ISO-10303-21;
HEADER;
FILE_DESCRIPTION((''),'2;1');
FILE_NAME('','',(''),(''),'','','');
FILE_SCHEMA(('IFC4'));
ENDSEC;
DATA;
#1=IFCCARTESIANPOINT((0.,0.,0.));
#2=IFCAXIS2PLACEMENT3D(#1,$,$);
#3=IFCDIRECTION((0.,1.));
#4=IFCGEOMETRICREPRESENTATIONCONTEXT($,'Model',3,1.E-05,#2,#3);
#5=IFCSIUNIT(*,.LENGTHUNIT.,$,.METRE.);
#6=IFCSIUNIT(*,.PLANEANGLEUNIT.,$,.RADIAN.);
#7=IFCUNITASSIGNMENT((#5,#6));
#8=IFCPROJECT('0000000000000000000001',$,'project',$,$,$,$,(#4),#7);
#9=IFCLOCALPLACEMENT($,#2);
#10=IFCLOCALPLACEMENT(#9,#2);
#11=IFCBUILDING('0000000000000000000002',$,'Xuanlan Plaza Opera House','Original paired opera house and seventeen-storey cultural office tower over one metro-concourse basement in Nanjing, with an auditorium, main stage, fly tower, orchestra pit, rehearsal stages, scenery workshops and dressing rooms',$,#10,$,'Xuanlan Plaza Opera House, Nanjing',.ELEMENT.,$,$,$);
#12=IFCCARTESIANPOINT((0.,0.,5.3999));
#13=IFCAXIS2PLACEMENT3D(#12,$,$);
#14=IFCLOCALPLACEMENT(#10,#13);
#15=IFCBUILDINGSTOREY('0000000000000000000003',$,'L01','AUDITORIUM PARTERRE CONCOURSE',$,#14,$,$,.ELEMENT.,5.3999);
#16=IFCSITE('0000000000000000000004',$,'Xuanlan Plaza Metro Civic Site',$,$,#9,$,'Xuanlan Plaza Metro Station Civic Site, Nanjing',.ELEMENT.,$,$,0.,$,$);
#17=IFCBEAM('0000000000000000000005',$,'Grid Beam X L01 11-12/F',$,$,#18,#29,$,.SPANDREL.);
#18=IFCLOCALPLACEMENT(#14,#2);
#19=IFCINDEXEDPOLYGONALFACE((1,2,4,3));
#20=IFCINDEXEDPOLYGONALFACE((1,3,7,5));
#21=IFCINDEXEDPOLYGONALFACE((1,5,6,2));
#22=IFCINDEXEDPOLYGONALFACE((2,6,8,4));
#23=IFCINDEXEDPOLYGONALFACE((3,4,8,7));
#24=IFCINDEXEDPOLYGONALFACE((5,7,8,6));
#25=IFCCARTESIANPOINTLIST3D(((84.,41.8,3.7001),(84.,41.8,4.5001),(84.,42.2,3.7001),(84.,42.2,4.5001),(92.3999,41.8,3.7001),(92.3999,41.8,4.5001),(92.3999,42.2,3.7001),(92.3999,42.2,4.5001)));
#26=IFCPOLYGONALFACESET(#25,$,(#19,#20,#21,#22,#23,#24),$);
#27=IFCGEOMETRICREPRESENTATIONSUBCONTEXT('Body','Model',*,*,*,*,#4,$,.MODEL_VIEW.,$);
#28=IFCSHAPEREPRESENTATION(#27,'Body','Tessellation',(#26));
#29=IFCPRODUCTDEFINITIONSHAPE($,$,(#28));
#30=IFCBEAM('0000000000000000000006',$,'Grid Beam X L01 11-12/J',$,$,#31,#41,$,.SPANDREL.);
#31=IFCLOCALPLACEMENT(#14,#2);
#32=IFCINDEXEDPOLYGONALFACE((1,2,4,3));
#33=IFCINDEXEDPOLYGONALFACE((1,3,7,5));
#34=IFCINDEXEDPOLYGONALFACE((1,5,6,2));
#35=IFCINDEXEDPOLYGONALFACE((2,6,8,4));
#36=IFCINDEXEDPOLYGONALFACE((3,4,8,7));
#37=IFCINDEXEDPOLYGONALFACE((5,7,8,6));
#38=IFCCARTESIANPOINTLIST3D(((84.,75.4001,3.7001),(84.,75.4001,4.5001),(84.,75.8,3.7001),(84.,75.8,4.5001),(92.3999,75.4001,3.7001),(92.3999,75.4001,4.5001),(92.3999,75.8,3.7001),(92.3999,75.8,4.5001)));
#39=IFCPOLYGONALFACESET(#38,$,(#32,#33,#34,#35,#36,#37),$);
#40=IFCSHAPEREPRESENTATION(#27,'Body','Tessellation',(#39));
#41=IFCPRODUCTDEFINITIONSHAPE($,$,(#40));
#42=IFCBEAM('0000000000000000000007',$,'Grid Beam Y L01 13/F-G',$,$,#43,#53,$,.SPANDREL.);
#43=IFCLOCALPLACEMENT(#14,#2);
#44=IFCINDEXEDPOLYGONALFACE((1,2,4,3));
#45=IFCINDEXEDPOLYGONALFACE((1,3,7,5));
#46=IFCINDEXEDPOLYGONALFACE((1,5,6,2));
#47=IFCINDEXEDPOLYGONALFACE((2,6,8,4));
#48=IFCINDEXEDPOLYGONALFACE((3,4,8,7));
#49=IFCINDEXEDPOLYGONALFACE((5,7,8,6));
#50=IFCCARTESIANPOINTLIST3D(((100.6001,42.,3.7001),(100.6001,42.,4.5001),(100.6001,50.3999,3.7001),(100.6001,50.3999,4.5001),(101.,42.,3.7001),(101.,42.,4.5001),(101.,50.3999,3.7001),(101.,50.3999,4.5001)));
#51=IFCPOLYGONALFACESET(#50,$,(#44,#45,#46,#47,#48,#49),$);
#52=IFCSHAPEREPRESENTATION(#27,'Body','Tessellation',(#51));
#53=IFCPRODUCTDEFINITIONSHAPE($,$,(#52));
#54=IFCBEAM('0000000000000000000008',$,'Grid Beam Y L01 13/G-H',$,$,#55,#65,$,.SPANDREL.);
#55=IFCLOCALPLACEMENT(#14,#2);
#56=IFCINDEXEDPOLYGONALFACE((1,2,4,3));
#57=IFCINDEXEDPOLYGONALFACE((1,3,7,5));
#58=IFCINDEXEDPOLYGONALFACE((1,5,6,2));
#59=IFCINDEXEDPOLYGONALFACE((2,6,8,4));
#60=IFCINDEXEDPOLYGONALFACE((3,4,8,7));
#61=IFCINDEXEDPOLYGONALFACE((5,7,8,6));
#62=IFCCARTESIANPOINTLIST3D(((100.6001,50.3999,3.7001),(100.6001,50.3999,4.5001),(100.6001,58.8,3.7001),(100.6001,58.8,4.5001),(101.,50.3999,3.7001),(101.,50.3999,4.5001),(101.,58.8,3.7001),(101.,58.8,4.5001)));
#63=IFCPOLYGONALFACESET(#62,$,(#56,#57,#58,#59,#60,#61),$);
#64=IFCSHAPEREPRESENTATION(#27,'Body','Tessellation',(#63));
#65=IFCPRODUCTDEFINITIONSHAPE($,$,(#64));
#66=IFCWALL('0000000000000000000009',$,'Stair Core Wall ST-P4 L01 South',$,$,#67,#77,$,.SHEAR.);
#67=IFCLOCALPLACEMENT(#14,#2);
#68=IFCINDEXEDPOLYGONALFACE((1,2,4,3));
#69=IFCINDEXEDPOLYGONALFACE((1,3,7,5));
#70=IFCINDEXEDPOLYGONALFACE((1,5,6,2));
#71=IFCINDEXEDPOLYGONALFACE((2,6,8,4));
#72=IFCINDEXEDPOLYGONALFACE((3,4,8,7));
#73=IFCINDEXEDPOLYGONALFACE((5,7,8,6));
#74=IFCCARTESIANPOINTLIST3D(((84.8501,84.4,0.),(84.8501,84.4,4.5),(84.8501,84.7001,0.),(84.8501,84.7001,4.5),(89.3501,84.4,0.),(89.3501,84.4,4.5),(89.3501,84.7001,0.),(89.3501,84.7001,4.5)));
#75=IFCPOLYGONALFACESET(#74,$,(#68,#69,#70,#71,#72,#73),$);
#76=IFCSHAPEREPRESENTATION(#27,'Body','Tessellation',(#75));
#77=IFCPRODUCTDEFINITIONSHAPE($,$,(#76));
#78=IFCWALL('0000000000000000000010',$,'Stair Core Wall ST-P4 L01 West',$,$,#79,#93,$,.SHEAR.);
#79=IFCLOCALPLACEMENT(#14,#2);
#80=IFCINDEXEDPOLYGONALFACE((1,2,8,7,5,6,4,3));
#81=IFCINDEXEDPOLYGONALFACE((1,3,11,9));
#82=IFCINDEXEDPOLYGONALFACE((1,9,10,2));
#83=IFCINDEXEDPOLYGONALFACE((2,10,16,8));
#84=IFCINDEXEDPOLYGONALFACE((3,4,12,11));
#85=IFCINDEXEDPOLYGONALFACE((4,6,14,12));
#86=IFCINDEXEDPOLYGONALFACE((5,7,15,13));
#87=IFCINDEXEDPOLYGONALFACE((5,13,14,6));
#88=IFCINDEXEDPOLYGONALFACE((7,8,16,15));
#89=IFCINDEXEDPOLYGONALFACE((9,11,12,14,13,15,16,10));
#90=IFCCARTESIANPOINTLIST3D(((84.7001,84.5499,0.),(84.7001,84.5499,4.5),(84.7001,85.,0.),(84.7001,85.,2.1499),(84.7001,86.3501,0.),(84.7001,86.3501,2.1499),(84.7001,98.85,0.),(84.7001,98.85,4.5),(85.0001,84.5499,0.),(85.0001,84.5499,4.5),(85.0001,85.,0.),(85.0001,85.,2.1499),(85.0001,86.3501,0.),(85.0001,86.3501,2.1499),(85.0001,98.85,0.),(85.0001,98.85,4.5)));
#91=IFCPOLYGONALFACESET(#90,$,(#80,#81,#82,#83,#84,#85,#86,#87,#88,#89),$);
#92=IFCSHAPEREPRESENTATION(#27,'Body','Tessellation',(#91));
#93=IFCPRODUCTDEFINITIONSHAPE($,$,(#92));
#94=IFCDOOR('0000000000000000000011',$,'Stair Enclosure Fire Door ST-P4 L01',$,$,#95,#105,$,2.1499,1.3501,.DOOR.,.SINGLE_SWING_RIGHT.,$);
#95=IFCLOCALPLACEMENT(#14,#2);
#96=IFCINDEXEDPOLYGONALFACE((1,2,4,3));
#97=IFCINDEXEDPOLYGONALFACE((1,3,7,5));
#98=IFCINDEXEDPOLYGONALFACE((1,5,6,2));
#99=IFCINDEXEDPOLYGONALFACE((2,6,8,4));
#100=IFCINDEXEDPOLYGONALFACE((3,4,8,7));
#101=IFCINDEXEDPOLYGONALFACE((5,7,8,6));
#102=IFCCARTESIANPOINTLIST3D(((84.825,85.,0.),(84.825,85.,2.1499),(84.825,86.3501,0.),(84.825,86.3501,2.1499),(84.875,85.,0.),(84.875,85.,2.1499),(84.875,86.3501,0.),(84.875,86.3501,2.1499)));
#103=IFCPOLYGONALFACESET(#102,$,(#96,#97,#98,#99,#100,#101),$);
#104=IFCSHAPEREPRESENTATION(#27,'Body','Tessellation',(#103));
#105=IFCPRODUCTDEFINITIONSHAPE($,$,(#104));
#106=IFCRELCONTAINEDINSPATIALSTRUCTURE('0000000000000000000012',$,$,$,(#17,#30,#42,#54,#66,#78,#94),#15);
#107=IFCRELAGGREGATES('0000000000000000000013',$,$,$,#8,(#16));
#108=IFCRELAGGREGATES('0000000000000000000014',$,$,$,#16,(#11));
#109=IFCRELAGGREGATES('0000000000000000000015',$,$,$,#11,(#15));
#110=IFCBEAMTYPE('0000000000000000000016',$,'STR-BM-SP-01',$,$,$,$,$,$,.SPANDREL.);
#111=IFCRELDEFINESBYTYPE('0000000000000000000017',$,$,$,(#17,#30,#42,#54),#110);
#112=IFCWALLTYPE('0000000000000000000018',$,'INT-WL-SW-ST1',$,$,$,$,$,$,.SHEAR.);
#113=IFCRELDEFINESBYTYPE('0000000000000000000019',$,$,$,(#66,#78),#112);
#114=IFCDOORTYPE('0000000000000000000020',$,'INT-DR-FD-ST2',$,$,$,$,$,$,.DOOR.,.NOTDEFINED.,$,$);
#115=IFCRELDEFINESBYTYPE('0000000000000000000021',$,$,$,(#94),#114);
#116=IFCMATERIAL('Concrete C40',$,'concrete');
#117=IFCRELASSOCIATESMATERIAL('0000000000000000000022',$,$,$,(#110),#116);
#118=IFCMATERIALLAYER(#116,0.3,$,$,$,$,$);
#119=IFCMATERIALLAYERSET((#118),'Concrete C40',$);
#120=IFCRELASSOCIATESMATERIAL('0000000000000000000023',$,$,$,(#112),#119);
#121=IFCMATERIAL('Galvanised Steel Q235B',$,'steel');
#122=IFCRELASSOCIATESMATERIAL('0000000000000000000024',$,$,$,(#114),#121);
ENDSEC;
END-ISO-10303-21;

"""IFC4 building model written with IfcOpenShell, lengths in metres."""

from ifc_helpers import new_model, si_unit, direction, frame, frame_2d, origin, origin_2d, place, context, subcontext, project, spatial, rectangle, extrude, material, layer, layer_set, material_profile, profile_set, type_object, element, fill, save


model = new_model("IFC4")

# Units and contexts
model_context = context("Model", 3, precision=1e-05, world=origin(), true_north=direction((0.0, 1.0)))
body_context = subcontext(model_context, "Body", "Model", "MODEL_VIEW")
ifc_project = project(units=[si_unit("LENGTHUNIT", "METRE"), si_unit("PLANEANGLEUNIT", "RADIAN")], contexts=[model_context])

# Site, building, storey
site_placement = place(None, origin())
site = spatial("IfcSite", under=ifc_project, at=site_placement, Name="Xuanlan Plaza Metro Civic Site", LongName="Xuanlan Plaza Metro Station Civic Site, Nanjing", CompositionType="ELEMENT", RefElevation=0.0)
building_placement = place(site_placement, origin())
building = spatial("IfcBuilding", under=site, at=building_placement, Name="Xuanlan Plaza Opera House", Description="Original paired opera house and seventeen-storey cultural office tower over one metro-concourse basement in Nanjing, with an auditorium, main stage, fly tower, orchestra pit, rehearsal stages, scenery workshops and dressing rooms", LongName="Xuanlan Plaza Opera House, Nanjing", CompositionType="ELEMENT")
storey_placement = place(building_placement, frame((0.0, 0.0, 5.3999)))
storey = spatial("IfcBuildingStorey", under=building, at=storey_placement, Name="L01", Description="AUDITORIUM PARTERRE CONCOURSE", CompositionType="ELEMENT", Elevation=5.3999)

# Shared definitions
ifc_material_1 = material(Name="Concrete C40", Category="concrete")

# Beams
ifc_material_profile_1 = material_profile(ifc_material_1, rectangle(XDim=0.3999, YDim=0.8, at=origin_2d()), Name="RC-SPD 400x800")
ifc_profile_set_1 = profile_set([ifc_material_profile_1], Name="Concrete C40")
beam_type_1 = type_object("IfcBeamType", Name="STR-BM-SP-01", PredefinedType="SPANDREL", material=ifc_profile_set_1)
for number, where, z_axis, x_axis, name in (
    (1, (84.0, 42.0, 4.1001), (1.0, 0.0, 0.0), (0.0, 1.0, 0.0), "Grid Beam X L01 11-12/F"),
    (2, (84.0, 75.6001, 4.1001), (1.0, 0.0, 0.0), (0.0, 1.0, 0.0), "Grid Beam X L01 11-12/J"),
    (3, (100.8, 42.0, 4.1001), (0.0, 1.0, 0.0), (-1.0, 0.0, 0.0), "Grid Beam Y L01 13/F-G"),
):
    element("IfcBeam", number, at=place(storey_placement, frame(where, z_axis=z_axis, x_axis=x_axis)), inside=storey, type_object=beam_type_1, Name=name, PredefinedType="SPANDREL", context=body_context, shape_type="SweptSolid", body=[
        extrude(rectangle(XDim=0.3999, YDim=0.8, at=origin_2d()), origin(), (0.0, 0.0, 1.0), 8.3999),
    ])
beam_1_placement = place(storey_placement, frame((100.8, 50.3999, 4.1001), z_axis=(0.0, 1.0, 0.0), x_axis=(-1.0, 0.0, 0.0)))
element("IfcBeam", 4, at=beam_1_placement, inside=storey, type_object=beam_type_1, Name="Grid Beam Y L01 13/G-H", PredefinedType="SPANDREL", context=body_context, shape_type="SweptSolid", body=[
    extrude(rectangle(XDim=0.3999, YDim=0.8, at=origin_2d()), origin(), (0.0, 0.0, 1.0), 8.4001),
])

# Wall
ifc_layer = layer(ifc_material_1, 0.3)
ifc_layer_set = layer_set([ifc_layer], Name="Concrete C40")
wall_type = type_object("IfcWallType", Name="INT-WL-SW-ST1", PredefinedType="SHEAR", material=ifc_layer_set)
wall_1_placement = place(storey_placement, frame((84.8501, 84.55, 0.0), z_axis=(0.0, 0.0, 1.0), x_axis=(1.0, 0.0, 0.0)))
element("IfcWall", 5, at=wall_1_placement, inside=storey, type_object=wall_type, Name="Stair Core Wall ST-P4 L01 South", PredefinedType="SHEAR", context=body_context, shape_type="SweptSolid", body=[
    extrude(rectangle(XDim=4.5, YDim=0.3, at=frame_2d((2.25, 0.0))), origin(), (0.0, 0.0, 1.0), 4.5),
])

# Wall, opening, door
wall_2_placement = place(storey_placement, frame((84.8501, 84.55, 0.0), z_axis=(0.0, 0.0, 1.0), x_axis=(0.0, 1.0, 0.0)))
wall_2 = element("IfcWall", 6, at=wall_2_placement, inside=storey, type_object=wall_type, Name="Stair Core Wall ST-P4 L01 West", PredefinedType="SHEAR", context=body_context, shape_type="SweptSolid", body=[
    extrude(rectangle(XDim=14.3, YDim=0.3, at=frame_2d((7.1499, 0.0))), origin(), (0.0, 0.0, 1.0), 4.5),
])
opening_placement = place(wall_2_placement, frame((0.45, 0.0, 0.0)))
opening = element("IfcOpeningElement", 7, at=opening_placement, cuts=wall_2, PredefinedType="OPENING", context=body_context, shape_type="SweptSolid", body=[
    extrude(rectangle(XDim=1.3501, YDim=2.1499, at=frame_2d((0.675, 1.075))), frame((0.0, 0.1599, 0.0), z_axis=(0.0, -1.0, 0.0), x_axis=(1.0, 0.0, 0.0)), (0.0, 0.0, 1.0), 0.3201),
])
ifc_material_2 = material(Name="Galvanised Steel Q235B", Category="steel")
door_type = type_object("IfcDoorType", Name="INT-DR-FD-ST2", OperationType="NOTDEFINED", PredefinedType="DOOR", material=ifc_material_2)
door_placement = place(opening_placement, frame((1.3501, 0.0, 0.0), z_axis=(0.0, 0.0, 1.0), x_axis=(-1.0, 0.0, 0.0)))
door = element("IfcDoor", 8, at=door_placement, inside=storey, type_object=door_type, Name="Stair Enclosure Fire Door ST-P4 L01", OperationType="SINGLE_SWING_RIGHT", OverallHeight=2.1499, OverallWidth=1.3501, PredefinedType="DOOR", context=body_context, shape_type="SweptSolid", body=[
    extrude(rectangle(XDim=1.3501, YDim=2.1499, at=frame_2d((0.675, 1.075))), frame((0.0, 0.0249, 0.0), z_axis=(0.0, -1.0, 0.0), x_axis=(1.0, 0.0, 0.0)), (0.0, 0.0, 1.0), 0.05),
])
fill(opening, door)

save(model, "model.ifc")
